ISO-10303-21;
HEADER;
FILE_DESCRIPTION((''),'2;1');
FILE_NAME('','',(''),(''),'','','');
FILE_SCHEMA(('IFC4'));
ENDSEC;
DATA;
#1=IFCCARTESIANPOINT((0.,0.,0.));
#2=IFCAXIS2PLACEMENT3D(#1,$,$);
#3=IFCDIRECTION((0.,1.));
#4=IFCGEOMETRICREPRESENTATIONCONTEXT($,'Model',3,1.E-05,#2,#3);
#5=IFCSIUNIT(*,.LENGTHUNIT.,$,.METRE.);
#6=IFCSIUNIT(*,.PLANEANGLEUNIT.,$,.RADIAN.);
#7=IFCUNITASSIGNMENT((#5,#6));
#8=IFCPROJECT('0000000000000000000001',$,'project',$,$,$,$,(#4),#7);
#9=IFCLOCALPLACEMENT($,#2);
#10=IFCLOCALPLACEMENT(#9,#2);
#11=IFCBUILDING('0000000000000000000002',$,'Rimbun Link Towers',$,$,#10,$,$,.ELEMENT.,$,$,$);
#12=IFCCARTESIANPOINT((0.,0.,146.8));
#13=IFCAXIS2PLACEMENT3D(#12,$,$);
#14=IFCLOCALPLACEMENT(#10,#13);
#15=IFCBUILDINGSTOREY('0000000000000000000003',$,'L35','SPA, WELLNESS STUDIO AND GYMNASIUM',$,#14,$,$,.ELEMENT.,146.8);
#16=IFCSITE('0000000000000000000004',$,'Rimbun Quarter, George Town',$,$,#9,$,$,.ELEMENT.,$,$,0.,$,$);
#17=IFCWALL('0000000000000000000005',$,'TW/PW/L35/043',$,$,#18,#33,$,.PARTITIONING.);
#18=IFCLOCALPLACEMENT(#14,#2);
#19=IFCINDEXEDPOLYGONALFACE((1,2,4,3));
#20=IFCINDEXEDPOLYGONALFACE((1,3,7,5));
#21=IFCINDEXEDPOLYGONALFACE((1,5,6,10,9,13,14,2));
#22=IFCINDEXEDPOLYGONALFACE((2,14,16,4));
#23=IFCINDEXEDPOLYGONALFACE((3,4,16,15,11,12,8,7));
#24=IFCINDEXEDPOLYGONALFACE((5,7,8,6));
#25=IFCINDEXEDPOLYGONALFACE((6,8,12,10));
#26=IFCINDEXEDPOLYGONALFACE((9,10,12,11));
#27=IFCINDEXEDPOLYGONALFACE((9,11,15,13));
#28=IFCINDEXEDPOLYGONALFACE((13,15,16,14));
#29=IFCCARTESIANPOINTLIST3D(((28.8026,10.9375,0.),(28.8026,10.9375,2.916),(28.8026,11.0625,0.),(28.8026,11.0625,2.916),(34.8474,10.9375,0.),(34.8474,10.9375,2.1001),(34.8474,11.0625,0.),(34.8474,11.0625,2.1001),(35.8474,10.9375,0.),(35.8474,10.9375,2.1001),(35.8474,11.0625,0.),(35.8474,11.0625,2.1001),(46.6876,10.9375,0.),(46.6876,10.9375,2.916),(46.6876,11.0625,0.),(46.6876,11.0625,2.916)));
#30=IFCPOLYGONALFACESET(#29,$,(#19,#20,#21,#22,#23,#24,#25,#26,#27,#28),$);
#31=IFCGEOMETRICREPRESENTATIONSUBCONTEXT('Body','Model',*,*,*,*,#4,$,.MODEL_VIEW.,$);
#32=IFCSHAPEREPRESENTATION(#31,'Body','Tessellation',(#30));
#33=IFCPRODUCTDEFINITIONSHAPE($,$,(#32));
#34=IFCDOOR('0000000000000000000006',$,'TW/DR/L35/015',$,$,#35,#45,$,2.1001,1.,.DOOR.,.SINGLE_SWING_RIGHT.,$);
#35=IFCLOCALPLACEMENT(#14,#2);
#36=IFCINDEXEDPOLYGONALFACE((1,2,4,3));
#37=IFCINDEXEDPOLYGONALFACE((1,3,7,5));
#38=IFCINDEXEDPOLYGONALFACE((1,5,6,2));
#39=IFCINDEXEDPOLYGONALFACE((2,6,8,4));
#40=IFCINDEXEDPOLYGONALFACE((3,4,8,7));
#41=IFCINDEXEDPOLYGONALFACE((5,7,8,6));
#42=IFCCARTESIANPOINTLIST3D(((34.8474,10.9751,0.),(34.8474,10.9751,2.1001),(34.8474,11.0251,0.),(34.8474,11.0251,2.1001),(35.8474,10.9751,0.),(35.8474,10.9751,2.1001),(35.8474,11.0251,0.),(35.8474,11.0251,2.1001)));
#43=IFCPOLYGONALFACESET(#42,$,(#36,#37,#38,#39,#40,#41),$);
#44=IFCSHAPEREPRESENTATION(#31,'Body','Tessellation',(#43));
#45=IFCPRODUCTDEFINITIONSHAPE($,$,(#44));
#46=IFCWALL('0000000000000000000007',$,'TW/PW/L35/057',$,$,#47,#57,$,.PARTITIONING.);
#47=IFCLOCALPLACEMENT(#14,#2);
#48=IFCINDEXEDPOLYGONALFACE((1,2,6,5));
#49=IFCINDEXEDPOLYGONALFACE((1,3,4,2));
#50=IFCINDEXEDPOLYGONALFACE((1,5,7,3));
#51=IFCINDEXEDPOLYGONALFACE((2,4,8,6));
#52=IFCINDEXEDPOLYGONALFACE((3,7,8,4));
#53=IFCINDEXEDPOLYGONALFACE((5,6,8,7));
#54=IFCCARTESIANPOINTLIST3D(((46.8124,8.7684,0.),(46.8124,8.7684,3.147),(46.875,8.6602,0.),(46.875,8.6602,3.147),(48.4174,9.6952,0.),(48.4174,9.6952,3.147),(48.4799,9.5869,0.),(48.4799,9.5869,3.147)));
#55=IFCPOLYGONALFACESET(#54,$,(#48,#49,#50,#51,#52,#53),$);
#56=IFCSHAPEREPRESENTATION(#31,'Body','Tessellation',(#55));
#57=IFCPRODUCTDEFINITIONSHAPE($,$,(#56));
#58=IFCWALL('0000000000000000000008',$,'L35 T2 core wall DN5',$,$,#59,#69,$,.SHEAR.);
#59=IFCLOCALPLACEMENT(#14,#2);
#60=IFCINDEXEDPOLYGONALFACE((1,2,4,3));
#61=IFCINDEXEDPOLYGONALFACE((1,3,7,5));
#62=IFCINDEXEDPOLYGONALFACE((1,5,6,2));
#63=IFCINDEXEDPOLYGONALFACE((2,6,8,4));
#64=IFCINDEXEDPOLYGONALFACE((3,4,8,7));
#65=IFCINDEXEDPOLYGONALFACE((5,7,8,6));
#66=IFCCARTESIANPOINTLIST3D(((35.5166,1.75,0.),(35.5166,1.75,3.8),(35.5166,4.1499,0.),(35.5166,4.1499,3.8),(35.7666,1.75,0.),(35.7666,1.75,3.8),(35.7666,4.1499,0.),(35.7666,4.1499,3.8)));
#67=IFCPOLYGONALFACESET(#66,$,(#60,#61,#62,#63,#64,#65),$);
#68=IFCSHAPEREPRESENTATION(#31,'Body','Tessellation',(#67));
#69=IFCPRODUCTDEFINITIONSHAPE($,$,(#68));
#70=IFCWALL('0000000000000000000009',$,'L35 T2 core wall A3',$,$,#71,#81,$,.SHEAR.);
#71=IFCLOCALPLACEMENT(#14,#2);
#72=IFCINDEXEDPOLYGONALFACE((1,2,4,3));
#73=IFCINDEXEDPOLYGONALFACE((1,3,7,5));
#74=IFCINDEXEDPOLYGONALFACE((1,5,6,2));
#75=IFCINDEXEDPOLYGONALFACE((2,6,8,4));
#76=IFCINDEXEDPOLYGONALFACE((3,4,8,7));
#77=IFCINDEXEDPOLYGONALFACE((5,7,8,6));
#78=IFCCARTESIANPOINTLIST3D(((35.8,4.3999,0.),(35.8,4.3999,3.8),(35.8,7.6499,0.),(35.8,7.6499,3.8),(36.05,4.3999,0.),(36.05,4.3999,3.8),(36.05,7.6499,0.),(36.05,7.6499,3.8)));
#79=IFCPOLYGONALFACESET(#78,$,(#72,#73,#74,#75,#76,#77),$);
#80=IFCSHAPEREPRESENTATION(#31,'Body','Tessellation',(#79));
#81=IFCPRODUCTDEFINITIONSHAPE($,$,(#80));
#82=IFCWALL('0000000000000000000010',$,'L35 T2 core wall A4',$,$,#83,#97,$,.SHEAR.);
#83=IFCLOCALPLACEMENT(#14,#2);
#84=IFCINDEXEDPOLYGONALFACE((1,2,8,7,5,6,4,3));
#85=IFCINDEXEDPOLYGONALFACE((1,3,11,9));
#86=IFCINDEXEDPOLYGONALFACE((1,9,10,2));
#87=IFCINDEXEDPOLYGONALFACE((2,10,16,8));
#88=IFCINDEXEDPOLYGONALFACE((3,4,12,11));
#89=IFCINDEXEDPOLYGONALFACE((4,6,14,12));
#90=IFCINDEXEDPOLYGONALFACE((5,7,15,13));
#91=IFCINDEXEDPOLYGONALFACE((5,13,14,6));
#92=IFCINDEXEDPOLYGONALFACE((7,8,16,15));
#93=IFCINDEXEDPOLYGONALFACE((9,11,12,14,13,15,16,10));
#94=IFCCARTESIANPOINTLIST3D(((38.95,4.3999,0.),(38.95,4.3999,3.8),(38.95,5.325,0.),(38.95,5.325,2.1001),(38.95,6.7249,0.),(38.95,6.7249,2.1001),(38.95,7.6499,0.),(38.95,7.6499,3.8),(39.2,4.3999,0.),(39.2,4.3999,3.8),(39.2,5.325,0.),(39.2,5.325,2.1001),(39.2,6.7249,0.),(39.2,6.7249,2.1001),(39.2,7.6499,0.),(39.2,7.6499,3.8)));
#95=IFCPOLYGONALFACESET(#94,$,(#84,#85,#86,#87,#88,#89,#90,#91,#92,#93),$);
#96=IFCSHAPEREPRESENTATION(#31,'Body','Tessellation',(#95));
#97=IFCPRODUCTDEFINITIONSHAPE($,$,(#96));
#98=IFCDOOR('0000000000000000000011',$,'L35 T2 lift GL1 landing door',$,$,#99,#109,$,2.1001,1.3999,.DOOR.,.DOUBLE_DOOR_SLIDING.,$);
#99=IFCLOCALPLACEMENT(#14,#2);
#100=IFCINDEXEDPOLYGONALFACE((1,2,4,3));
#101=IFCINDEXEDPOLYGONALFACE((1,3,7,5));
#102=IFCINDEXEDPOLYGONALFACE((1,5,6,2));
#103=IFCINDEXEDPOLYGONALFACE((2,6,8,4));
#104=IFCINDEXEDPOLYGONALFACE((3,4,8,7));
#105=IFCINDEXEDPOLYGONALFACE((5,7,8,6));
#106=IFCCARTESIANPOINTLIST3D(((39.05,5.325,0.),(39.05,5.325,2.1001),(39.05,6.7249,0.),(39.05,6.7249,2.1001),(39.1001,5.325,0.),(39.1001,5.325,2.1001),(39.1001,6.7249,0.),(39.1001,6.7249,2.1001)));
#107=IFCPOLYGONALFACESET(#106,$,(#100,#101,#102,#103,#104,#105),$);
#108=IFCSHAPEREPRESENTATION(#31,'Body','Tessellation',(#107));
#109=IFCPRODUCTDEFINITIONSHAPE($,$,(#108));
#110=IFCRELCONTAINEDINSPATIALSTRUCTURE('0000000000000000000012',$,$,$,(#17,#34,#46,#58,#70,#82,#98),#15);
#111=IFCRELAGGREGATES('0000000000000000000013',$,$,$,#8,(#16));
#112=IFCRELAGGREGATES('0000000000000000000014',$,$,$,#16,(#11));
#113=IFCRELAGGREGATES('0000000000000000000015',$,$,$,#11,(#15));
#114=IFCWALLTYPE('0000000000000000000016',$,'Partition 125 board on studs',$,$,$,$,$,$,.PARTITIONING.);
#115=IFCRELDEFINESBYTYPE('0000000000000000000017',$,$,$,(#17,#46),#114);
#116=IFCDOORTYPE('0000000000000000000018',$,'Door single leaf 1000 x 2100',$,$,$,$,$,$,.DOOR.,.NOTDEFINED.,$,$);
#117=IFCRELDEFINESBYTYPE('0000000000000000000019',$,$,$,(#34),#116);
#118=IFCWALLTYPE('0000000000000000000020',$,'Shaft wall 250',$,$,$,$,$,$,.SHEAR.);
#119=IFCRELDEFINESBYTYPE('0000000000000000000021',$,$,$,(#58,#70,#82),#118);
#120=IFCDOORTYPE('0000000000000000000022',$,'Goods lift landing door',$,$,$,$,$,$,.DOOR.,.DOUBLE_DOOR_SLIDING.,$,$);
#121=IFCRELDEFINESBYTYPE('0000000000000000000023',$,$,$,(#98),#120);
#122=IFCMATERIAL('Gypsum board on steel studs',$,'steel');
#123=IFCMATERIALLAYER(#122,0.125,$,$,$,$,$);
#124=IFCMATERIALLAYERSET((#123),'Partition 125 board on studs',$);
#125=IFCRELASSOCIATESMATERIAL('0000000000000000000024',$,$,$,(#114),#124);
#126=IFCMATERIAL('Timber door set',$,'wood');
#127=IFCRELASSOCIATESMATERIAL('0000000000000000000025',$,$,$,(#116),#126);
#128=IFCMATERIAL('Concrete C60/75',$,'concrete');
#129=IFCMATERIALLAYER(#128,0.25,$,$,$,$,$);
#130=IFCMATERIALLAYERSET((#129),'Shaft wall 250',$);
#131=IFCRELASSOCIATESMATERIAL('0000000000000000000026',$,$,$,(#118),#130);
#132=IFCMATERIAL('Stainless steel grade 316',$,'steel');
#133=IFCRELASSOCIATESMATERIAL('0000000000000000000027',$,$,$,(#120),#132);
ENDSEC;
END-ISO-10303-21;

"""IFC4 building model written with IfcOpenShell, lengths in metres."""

from ifc_helpers import new_model, si_unit, direction, frame, frame_2d, origin, place, context, subcontext, project, spatial, rectangle, extrude, material, layer, layer_set, type_object, element, fill, save


model = new_model("IFC4")

# Units and contexts
model_context = context("Model", 3, precision=1e-05, world=origin(), true_north=direction((0.0, 1.0)))
body_context = subcontext(model_context, "Body", "Model", "MODEL_VIEW")
ifc_project = project(units=[si_unit("LENGTHUNIT", "METRE"), si_unit("PLANEANGLEUNIT", "RADIAN")], contexts=[model_context])

# Site, building, storey
site_placement = place(None, origin())
site = spatial("IfcSite", under=ifc_project, at=site_placement, Name="Rimbun Quarter, George Town", CompositionType="ELEMENT", RefElevation=0.0)
building_placement = place(site_placement, origin())
building = spatial("IfcBuilding", under=site, at=building_placement, Name="Rimbun Link Towers", CompositionType="ELEMENT")
storey_placement = place(building_placement, frame((0.0, 0.0, 146.8)))
storey = spatial("IfcBuildingStorey", under=building, at=storey_placement, Name="L35", Description="SPA, WELLNESS STUDIO AND GYMNASIUM", CompositionType="ELEMENT", Elevation=146.8)

# Shared definitions
ifc_material_1 = material(Name="Gypsum board on steel studs", Category="steel")
ifc_layer_1 = layer(ifc_material_1, 0.125)
ifc_layer_set_1 = layer_set([ifc_layer_1], Name="Partition 125 board on studs")
wall_type_1 = type_object("IfcWallType", Name="Partition 125 board on studs", PredefinedType="PARTITIONING", material=ifc_layer_set_1)
ifc_material_2 = material(Name="Timber door set", Category="wood")
door_type_1 = type_object("IfcDoorType", Name="Door single leaf 1000 x 2100", OperationType="NOTDEFINED", PredefinedType="DOOR", material=ifc_material_2)

# Wall, opening, door
wall_1_placement = place(storey_placement, frame((46.6875, 11.0, 0.0), z_axis=(0.0, 0.0, 1.0), x_axis=(-1.0, 0.0, 0.0)))
wall_1 = element("IfcWall", 1, at=wall_1_placement, inside=storey, type_object=wall_type_1, Name="TW/PW/L35/043", PredefinedType="PARTITIONING", context=body_context, shape_type="SweptSolid", body=[
    extrude(rectangle(XDim=17.885, YDim=0.125, at=frame_2d((8.9424, 0.0))), origin(), (0.0, 0.0, 1.0), 2.916),
])
opening_1_placement = place(wall_1_placement, frame((10.8401, 0.0, 0.0)))
opening_1 = element("IfcOpeningElement", 2, at=opening_1_placement, cuts=wall_1, PredefinedType="OPENING", context=body_context, shape_type="SweptSolid", body=[
    extrude(rectangle(XDim=1.0, YDim=2.1001, at=frame_2d((0.5, 1.05))), frame((0.0, 0.0725, 0.0), z_axis=(0.0, -1.0, 0.0), x_axis=(1.0, 0.0, 0.0)), (0.0, 0.0, 1.0), 0.145),
])
door_1_placement = place(opening_1_placement, origin())
door_1 = element("IfcDoor", 3, at=door_1_placement, inside=storey, type_object=door_type_1, Name="TW/DR/L35/015", OperationType="SINGLE_SWING_RIGHT", OverallHeight=2.1001, OverallWidth=1.0, PredefinedType="DOOR", context=body_context, shape_type="SweptSolid", body=[
    extrude(rectangle(XDim=1.0, YDim=2.1001, at=frame_2d((0.5, 1.05))), frame((0.0, 0.0249, 0.0), z_axis=(0.0, -1.0, 0.0), x_axis=(1.0, 0.0, 0.0)), (0.0, 0.0, 1.0), 0.05),
])
fill(opening_1, door_1)

# Walls
wall_2_placement = place(storey_placement, frame((48.4487, 9.6411, 0.0), z_axis=(0.0, 0.0, 1.0), x_axis=(-0.865997, -0.500049, 0.0)))
element("IfcWall", 4, at=wall_2_placement, inside=storey, type_object=wall_type_1, Name="TW/PW/L35/057", PredefinedType="PARTITIONING", context=body_context, shape_type="SweptSolid", body=[
    extrude(rectangle(XDim=1.8533, YDim=0.125, at=frame_2d((0.9268, 0.0))), origin(), (0.0, 0.0, 1.0), 3.147),
])
ifc_material_3 = material(Name="Concrete C60/75", Category="concrete")
ifc_layer_2 = layer(ifc_material_3, 0.25)
ifc_layer_set_2 = layer_set([ifc_layer_2], Name="Shaft wall 250")
wall_type_2 = type_object("IfcWallType", Name="Shaft wall 250", PredefinedType="SHEAR", material=ifc_layer_set_2)
wall_3_placement = place(storey_placement, frame((35.6416, 1.75, 0.0), z_axis=(0.0, 0.0, 1.0), x_axis=(0.0, 1.0, 0.0)))
element("IfcWall", 5, at=wall_3_placement, inside=storey, type_object=wall_type_2, Name="L35 T2 core wall DN5", PredefinedType="SHEAR", context=body_context, shape_type="SweptSolid", body=[
    extrude(rectangle(XDim=2.3999, YDim=0.25, at=frame_2d((1.2, 0.0))), origin(), (0.0, 0.0, 1.0), 3.8),
])
wall_4_placement = place(storey_placement, frame((35.925, 4.3999, 0.0), z_axis=(0.0, 0.0, 1.0), x_axis=(0.0, 1.0, 0.0)))
element("IfcWall", 6, at=wall_4_placement, inside=storey, type_object=wall_type_2, Name="L35 T2 core wall A3", PredefinedType="SHEAR", context=body_context, shape_type="SweptSolid", body=[
    extrude(rectangle(XDim=3.25, YDim=0.25, at=frame_2d((1.625, 0.0))), origin(), (0.0, 0.0, 1.0), 3.8),
])

# Wall, opening, door
wall_5_placement = place(storey_placement, frame((39.075, 4.3999, 0.0), z_axis=(0.0, 0.0, 1.0), x_axis=(0.0, 1.0, 0.0)))
wall_5 = element("IfcWall", 7, at=wall_5_placement, inside=storey, type_object=wall_type_2, Name="L35 T2 core wall A4", PredefinedType="SHEAR", context=body_context, shape_type="SweptSolid", body=[
    extrude(rectangle(XDim=3.25, YDim=0.25, at=frame_2d((1.625, 0.0))), origin(), (0.0, 0.0, 1.0), 3.8),
])
opening_2_placement = place(wall_5_placement, frame((0.925, 0.0, 0.0)))
opening_2 = element("IfcOpeningElement", 8, at=opening_2_placement, cuts=wall_5, PredefinedType="OPENING", context=body_context, shape_type="SweptSolid", body=[
    extrude(rectangle(XDim=1.3999, YDim=2.1001, at=frame_2d((0.7, 1.05))), frame((0.0, 0.135, 0.0), z_axis=(0.0, -1.0, 0.0), x_axis=(1.0, 0.0, 0.0)), (0.0, 0.0, 1.0), 0.27),
])
ifc_material_4 = material(Name="Stainless steel grade 316", Category="steel")
door_type_2 = type_object("IfcDoorType", Name="Goods lift landing door", OperationType="DOUBLE_DOOR_SLIDING", PredefinedType="DOOR", material=ifc_material_4)
door_2_placement = place(opening_2_placement, origin())
door_2 = element("IfcDoor", 9, at=door_2_placement, inside=storey, type_object=door_type_2, Name="L35 T2 lift GL1 landing door", OperationType="DOUBLE_DOOR_SLIDING", OverallHeight=2.1001, OverallWidth=1.3999, PredefinedType="DOOR", context=body_context, shape_type="SweptSolid", body=[
    extrude(rectangle(XDim=1.3999, YDim=2.1001, at=frame_2d((0.7, 1.05))), frame((0.0, 0.0249, 0.0), z_axis=(0.0, -1.0, 0.0), x_axis=(1.0, 0.0, 0.0)), (0.0, 0.0, 1.0), 0.05),
])
fill(opening_2, door_2)

save(model, "model.ifc")
